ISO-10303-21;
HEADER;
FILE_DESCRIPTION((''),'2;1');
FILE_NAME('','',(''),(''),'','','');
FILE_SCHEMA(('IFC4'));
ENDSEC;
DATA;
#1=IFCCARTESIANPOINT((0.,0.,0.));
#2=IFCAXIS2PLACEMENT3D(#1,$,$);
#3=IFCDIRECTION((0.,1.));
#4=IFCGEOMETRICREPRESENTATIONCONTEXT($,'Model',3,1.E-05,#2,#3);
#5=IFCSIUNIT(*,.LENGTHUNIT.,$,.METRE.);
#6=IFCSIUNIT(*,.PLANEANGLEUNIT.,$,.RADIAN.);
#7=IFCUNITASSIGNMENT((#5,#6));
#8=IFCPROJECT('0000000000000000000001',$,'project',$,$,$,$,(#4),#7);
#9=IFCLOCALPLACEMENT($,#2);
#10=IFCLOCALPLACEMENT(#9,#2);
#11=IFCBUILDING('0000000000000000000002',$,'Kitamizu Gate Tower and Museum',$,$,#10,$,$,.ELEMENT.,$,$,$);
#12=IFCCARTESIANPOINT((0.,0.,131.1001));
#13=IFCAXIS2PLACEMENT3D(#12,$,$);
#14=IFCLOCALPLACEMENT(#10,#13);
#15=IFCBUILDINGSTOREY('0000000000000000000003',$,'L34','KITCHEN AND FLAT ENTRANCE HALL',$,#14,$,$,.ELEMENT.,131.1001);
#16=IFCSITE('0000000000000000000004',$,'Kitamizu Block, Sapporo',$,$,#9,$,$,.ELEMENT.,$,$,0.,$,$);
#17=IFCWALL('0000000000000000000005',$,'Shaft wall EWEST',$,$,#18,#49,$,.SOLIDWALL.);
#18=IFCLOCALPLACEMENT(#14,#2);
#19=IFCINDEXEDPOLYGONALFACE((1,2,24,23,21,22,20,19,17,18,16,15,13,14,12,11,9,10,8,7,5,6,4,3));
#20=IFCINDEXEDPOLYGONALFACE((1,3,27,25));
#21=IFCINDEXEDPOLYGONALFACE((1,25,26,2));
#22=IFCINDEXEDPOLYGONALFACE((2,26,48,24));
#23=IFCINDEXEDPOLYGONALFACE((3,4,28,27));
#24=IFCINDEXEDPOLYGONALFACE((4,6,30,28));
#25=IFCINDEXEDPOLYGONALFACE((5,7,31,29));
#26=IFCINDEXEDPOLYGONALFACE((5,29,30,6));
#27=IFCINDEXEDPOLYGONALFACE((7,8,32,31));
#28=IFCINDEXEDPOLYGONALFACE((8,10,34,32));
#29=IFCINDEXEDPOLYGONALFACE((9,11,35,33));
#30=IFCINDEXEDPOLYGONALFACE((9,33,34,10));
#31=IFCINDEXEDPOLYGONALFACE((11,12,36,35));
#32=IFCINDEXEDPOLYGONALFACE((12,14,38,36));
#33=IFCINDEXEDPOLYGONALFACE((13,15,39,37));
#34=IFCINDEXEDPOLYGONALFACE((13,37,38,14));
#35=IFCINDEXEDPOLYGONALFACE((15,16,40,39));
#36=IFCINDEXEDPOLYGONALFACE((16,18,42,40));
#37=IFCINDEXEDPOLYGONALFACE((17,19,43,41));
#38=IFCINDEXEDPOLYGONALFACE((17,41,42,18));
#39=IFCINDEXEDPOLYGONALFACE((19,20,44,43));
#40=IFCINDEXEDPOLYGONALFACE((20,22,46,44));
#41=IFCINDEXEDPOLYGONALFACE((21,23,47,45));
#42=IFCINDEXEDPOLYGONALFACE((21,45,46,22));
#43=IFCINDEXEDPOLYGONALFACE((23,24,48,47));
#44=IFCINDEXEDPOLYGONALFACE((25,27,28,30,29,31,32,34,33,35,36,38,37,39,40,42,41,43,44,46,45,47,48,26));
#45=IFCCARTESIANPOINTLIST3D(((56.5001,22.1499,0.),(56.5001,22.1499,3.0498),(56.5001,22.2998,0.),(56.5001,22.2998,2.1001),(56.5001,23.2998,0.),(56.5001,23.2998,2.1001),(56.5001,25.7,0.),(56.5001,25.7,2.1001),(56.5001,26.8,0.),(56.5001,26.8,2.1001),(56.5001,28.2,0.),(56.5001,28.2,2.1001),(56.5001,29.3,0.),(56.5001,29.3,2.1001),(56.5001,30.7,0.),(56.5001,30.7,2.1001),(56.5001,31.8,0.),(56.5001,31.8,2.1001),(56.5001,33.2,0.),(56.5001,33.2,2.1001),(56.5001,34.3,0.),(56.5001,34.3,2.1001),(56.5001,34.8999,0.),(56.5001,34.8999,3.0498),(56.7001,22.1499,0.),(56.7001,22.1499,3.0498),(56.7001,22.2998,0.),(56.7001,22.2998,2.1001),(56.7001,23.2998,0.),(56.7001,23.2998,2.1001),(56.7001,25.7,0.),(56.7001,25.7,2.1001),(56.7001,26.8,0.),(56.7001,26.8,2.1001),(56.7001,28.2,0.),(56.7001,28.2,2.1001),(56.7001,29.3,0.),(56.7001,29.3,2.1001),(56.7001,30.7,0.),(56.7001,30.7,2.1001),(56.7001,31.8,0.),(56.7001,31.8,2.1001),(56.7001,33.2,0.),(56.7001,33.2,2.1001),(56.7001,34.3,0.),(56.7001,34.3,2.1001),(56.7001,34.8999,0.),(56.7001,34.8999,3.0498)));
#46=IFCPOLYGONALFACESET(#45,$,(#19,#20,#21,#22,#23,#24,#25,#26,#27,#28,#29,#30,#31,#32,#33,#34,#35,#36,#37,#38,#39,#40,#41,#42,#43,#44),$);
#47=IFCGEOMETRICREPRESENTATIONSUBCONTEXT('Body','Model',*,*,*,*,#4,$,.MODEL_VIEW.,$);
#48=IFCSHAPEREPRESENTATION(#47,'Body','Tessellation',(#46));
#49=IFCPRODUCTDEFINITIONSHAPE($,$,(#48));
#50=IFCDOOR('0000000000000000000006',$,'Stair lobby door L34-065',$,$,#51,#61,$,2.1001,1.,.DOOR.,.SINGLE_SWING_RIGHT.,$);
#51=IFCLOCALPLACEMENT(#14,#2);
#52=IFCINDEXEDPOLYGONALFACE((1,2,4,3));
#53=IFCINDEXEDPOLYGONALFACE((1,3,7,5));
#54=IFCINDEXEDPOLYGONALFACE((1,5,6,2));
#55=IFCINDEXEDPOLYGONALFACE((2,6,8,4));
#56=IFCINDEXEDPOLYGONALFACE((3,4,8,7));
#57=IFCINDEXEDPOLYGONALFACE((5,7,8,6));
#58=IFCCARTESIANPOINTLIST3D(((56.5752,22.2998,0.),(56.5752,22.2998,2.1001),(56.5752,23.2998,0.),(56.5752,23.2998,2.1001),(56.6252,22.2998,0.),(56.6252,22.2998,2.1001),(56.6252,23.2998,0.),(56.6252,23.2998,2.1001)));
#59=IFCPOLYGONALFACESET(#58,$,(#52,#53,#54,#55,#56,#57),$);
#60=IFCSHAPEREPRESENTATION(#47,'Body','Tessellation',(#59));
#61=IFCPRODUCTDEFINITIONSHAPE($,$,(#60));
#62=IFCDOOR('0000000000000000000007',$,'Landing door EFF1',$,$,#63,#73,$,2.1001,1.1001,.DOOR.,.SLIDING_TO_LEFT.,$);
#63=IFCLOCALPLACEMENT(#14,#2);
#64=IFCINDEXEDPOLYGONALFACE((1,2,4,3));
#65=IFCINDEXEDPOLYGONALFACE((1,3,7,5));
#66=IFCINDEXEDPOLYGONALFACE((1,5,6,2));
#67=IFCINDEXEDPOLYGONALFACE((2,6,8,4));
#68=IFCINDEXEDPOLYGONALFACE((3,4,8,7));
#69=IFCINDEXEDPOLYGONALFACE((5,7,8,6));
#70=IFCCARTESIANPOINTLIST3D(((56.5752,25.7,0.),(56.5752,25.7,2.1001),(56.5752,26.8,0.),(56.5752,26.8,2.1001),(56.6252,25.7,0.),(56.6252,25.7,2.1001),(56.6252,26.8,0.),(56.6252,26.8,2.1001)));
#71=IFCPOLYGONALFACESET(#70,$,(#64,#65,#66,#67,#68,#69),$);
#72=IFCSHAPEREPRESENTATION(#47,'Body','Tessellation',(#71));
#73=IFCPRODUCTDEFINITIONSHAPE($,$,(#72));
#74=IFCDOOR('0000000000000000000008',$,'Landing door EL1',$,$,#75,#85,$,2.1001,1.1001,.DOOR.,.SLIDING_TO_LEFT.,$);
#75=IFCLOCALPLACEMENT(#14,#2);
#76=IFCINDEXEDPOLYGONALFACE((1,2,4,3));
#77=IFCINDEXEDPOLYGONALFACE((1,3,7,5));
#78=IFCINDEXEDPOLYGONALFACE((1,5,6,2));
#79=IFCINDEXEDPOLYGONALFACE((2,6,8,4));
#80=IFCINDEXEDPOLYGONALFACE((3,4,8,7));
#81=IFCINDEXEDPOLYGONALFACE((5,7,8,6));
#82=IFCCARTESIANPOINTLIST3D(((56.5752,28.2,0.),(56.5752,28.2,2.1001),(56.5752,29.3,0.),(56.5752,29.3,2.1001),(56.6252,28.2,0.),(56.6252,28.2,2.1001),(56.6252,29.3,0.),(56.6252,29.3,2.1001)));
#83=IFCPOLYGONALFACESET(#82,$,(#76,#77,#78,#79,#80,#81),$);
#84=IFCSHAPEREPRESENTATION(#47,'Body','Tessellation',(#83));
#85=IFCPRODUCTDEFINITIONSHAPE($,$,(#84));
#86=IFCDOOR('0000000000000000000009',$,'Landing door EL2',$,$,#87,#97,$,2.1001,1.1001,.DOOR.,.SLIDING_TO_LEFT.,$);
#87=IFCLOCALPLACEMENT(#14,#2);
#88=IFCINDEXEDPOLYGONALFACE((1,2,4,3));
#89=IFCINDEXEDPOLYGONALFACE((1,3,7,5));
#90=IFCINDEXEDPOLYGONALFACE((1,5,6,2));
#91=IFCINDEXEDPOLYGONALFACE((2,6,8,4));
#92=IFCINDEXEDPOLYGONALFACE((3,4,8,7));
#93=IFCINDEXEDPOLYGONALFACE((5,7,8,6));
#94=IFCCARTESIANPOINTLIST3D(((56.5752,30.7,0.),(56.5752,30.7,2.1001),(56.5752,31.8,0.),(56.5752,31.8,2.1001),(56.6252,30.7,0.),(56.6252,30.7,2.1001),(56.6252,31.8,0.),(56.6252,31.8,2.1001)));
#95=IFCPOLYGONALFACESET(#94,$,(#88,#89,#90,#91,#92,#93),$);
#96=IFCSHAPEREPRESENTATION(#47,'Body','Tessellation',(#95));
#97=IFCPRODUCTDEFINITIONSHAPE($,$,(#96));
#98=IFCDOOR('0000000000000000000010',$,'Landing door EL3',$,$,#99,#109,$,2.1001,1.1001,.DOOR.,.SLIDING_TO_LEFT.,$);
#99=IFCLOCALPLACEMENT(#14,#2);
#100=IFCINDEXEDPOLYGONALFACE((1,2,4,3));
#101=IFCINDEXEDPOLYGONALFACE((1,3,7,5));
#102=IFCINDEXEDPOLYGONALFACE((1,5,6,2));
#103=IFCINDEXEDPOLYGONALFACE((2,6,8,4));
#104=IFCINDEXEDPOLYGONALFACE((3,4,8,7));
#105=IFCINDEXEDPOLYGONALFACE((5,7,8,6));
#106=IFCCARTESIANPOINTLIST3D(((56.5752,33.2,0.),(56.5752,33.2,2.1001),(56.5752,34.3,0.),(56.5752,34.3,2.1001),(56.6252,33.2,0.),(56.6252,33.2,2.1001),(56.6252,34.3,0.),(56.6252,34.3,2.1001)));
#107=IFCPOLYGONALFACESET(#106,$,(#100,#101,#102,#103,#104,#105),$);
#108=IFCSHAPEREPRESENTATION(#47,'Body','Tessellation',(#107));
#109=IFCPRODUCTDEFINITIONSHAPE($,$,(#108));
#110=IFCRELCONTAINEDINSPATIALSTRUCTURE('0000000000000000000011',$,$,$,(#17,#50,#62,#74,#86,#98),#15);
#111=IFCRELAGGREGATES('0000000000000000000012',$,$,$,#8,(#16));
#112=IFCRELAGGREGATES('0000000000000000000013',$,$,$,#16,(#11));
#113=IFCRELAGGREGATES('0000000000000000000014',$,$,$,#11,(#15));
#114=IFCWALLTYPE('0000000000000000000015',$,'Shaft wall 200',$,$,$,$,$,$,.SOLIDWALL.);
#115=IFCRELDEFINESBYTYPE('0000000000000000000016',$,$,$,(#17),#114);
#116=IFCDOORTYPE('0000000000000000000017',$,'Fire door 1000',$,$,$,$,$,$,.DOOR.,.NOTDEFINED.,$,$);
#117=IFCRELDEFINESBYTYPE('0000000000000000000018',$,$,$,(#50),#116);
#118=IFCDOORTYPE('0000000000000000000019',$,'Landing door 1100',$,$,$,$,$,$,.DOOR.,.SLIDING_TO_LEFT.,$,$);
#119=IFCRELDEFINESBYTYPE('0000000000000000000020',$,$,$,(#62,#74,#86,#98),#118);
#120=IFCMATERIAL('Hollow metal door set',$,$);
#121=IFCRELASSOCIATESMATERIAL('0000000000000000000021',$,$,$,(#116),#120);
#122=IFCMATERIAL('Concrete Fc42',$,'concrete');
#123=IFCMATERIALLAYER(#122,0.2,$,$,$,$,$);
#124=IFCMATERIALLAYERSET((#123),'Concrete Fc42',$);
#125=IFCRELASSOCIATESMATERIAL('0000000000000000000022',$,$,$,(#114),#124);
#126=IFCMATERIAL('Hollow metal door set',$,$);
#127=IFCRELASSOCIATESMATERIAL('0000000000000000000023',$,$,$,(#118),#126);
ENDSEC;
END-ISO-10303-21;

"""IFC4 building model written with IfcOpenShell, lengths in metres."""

from ifc_helpers import new_model, si_unit, direction, frame, frame_2d, origin, place, context, subcontext, project, spatial, rectangle, extrude, material, layer, layer_set, type_object, element, fill, save


model = new_model("IFC4")

# Units and contexts
model_context = context("Model", 3, precision=1e-05, world=origin(), true_north=direction((0.0, 1.0)))
body_context = subcontext(model_context, "Body", "Model", "MODEL_VIEW")
ifc_project = project(units=[si_unit("LENGTHUNIT", "METRE"), si_unit("PLANEANGLEUNIT", "RADIAN")], contexts=[model_context])

# Site, building, storey
site_placement = place(None, origin())
site = spatial("IfcSite", under=ifc_project, at=site_placement, Name="Kitamizu Block, Sapporo", CompositionType="ELEMENT", RefElevation=0.0)
building_placement = place(site_placement, origin())
building = spatial("IfcBuilding", under=site, at=building_placement, Name="Kitamizu Gate Tower and Museum", CompositionType="ELEMENT")
storey_placement = place(building_placement, frame((0.0, 0.0, 131.1001)))
storey = spatial("IfcBuildingStorey", under=building, at=storey_placement, Name="L34", Description="KITCHEN AND FLAT ENTRANCE HALL", CompositionType="ELEMENT", Elevation=131.1001)

# Wall, openings, doors
ifc_material_1 = material(Name="Hollow metal door set")
door_type_1 = type_object("IfcDoorType", Name="Fire door 1000", OperationType="NOTDEFINED", PredefinedType="DOOR", material=ifc_material_1)
ifc_material_2 = material(Name="Concrete Fc42", Category="concrete")
ifc_layer_1 = layer(ifc_material_2, 0.2)
ifc_layer_set_1 = layer_set([ifc_layer_1], Name="Concrete Fc42")
wall_type_1 = type_object("IfcWallType", Name="Shaft wall 200", PredefinedType="SOLIDWALL", material=ifc_layer_set_1)
wall_1_placement = place(storey_placement, frame((56.6001, 22.1499, 0.0), z_axis=(0.0, 0.0, 1.0), x_axis=(0.0, 1.0, 0.0)))
wall_1 = element("IfcWall", 1, at=wall_1_placement, inside=storey, type_object=wall_type_1, Name="Shaft wall EWEST", PredefinedType="SOLIDWALL", context=body_context, shape_type="SweptSolid", body=[
    extrude(rectangle(XDim=12.75, YDim=0.2, at=frame_2d((6.375, 0.0))), origin(), (0.0, 0.0, 1.0), 3.0498),
])
opening_1_placement = place(wall_1_placement, frame((3.55, 0.0, 0.0)))
opening_1 = element("IfcOpeningElement", 2, at=opening_1_placement, cuts=wall_1, PredefinedType="OPENING", context=body_context, shape_type="SweptSolid", body=[
    extrude(rectangle(XDim=1.1001, YDim=2.1001, at=frame_2d((0.55, 1.05))), frame((0.0, 0.1099, 0.0), z_axis=(0.0, -1.0, 0.0), x_axis=(1.0, 0.0, 0.0)), (0.0, 0.0, 1.0), 0.22),
])
opening_2_placement = place(wall_1_placement, frame((6.05, 0.0, 0.0)))
opening_2 = element("IfcOpeningElement", 3, at=opening_2_placement, cuts=wall_1, PredefinedType="OPENING", context=body_context, shape_type="SweptSolid", body=[
    extrude(rectangle(XDim=1.1001, YDim=2.1001, at=frame_2d((0.55, 1.05))), frame((0.0, 0.1099, 0.0), z_axis=(0.0, -1.0, 0.0), x_axis=(1.0, 0.0, 0.0)), (0.0, 0.0, 1.0), 0.22),
])
opening_3_placement = place(wall_1_placement, frame((8.55, 0.0, 0.0)))
opening_3 = element("IfcOpeningElement", 4, at=opening_3_placement, cuts=wall_1, PredefinedType="OPENING", context=body_context, shape_type="SweptSolid", body=[
    extrude(rectangle(XDim=1.1001, YDim=2.1001, at=frame_2d((0.55, 1.05))), frame((0.0, 0.1099, 0.0), z_axis=(0.0, -1.0, 0.0), x_axis=(1.0, 0.0, 0.0)), (0.0, 0.0, 1.0), 0.22),
])
opening_4_placement = place(wall_1_placement, frame((11.05, 0.0, 0.0)))
opening_4 = element("IfcOpeningElement", 5, at=opening_4_placement, cuts=wall_1, PredefinedType="OPENING", context=body_context, shape_type="SweptSolid", body=[
    extrude(rectangle(XDim=1.1001, YDim=2.1001, at=frame_2d((0.55, 1.05))), frame((0.0, 0.1099, 0.0), z_axis=(0.0, -1.0, 0.0), x_axis=(1.0, 0.0, 0.0)), (0.0, 0.0, 1.0), 0.22),
])
opening_5_placement = place(wall_1_placement, frame((0.1499, 0.0, 0.0)))
opening_5 = element("IfcOpeningElement", 6, at=opening_5_placement, cuts=wall_1, PredefinedType="OPENING", context=body_context, shape_type="SweptSolid", body=[
    extrude(rectangle(XDim=1.0, YDim=2.1001, at=frame_2d((0.5, 1.05))), frame((0.0, 0.1099, 0.0), z_axis=(0.0, -1.0, 0.0), x_axis=(1.0, 0.0, 0.0)), (0.0, 0.0, 1.0), 0.22),
])
door_1_placement = place(opening_5_placement, origin())
door_1 = element("IfcDoor", 7, at=door_1_placement, inside=storey, type_object=door_type_1, Name="Stair lobby door L34-065", OperationType="SINGLE_SWING_RIGHT", OverallHeight=2.1001, OverallWidth=1.0, PredefinedType="DOOR", context=body_context, shape_type="SweptSolid", body=[
    extrude(rectangle(XDim=1.0, YDim=2.1001, at=frame_2d((0.5, 1.05))), frame((0.0, 0.0249, 0.0), z_axis=(0.0, -1.0, 0.0), x_axis=(1.0, 0.0, 0.0)), (0.0, 0.0, 1.0), 0.05),
])
fill(opening_5, door_1)
ifc_material_3 = material(Name="Hollow metal door set")
door_type_2 = type_object("IfcDoorType", Name="Landing door 1100", OperationType="SLIDING_TO_LEFT", PredefinedType="DOOR", material=ifc_material_3)
door_2_placement = place(opening_1_placement, origin())
door_2 = element("IfcDoor", 8, at=door_2_placement, inside=storey, type_object=door_type_2, Name="Landing door EFF1", OperationType="SLIDING_TO_LEFT", OverallHeight=2.1001, OverallWidth=1.1001, PredefinedType="DOOR", context=body_context, shape_type="SweptSolid", body=[
    extrude(rectangle(XDim=1.1001, YDim=2.1001, at=frame_2d((0.55, 1.05))), frame((0.0, 0.0249, 0.0), z_axis=(0.0, -1.0, 0.0), x_axis=(1.0, 0.0, 0.0)), (0.0, 0.0, 1.0), 0.05),
])
fill(opening_1, door_2)
door_3_placement = place(opening_2_placement, origin())
door_3 = element("IfcDoor", 9, at=door_3_placement, inside=storey, type_object=door_type_2, Name="Landing door EL1", OperationType="SLIDING_TO_LEFT", OverallHeight=2.1001, OverallWidth=1.1001, PredefinedType="DOOR", context=body_context, shape_type="SweptSolid", body=[
    extrude(rectangle(XDim=1.1001, YDim=2.1001, at=frame_2d((0.55, 1.05))), frame((0.0, 0.0249, 0.0), z_axis=(0.0, -1.0, 0.0), x_axis=(1.0, 0.0, 0.0)), (0.0, 0.0, 1.0), 0.05),
])
fill(opening_2, door_3)
door_4_placement = place(opening_3_placement, origin())
door_4 = element("IfcDoor", 10, at=door_4_placement, inside=storey, type_object=door_type_2, Name="Landing door EL2", OperationType="SLIDING_TO_LEFT", OverallHeight=2.1001, OverallWidth=1.1001, PredefinedType="DOOR", context=body_context, shape_type="SweptSolid", body=[
    extrude(rectangle(XDim=1.1001, YDim=2.1001, at=frame_2d((0.55, 1.05))), frame((0.0, 0.0249, 0.0), z_axis=(0.0, -1.0, 0.0), x_axis=(1.0, 0.0, 0.0)), (0.0, 0.0, 1.0), 0.05),
])
fill(opening_3, door_4)
door_5_placement = place(opening_4_placement, origin())
door_5 = element("IfcDoor", 11, at=door_5_placement, inside=storey, type_object=door_type_2, Name="Landing door EL3", OperationType="SLIDING_TO_LEFT", OverallHeight=2.1001, OverallWidth=1.1001, PredefinedType="DOOR", context=body_context, shape_type="SweptSolid", body=[
    extrude(rectangle(XDim=1.1001, YDim=2.1001, at=frame_2d((0.55, 1.05))), frame((0.0, 0.0249, 0.0), z_axis=(0.0, -1.0, 0.0), x_axis=(1.0, 0.0, 0.0)), (0.0, 0.0, 1.0), 0.05),
])
fill(opening_4, door_5)

save(model, "model.ifc")
